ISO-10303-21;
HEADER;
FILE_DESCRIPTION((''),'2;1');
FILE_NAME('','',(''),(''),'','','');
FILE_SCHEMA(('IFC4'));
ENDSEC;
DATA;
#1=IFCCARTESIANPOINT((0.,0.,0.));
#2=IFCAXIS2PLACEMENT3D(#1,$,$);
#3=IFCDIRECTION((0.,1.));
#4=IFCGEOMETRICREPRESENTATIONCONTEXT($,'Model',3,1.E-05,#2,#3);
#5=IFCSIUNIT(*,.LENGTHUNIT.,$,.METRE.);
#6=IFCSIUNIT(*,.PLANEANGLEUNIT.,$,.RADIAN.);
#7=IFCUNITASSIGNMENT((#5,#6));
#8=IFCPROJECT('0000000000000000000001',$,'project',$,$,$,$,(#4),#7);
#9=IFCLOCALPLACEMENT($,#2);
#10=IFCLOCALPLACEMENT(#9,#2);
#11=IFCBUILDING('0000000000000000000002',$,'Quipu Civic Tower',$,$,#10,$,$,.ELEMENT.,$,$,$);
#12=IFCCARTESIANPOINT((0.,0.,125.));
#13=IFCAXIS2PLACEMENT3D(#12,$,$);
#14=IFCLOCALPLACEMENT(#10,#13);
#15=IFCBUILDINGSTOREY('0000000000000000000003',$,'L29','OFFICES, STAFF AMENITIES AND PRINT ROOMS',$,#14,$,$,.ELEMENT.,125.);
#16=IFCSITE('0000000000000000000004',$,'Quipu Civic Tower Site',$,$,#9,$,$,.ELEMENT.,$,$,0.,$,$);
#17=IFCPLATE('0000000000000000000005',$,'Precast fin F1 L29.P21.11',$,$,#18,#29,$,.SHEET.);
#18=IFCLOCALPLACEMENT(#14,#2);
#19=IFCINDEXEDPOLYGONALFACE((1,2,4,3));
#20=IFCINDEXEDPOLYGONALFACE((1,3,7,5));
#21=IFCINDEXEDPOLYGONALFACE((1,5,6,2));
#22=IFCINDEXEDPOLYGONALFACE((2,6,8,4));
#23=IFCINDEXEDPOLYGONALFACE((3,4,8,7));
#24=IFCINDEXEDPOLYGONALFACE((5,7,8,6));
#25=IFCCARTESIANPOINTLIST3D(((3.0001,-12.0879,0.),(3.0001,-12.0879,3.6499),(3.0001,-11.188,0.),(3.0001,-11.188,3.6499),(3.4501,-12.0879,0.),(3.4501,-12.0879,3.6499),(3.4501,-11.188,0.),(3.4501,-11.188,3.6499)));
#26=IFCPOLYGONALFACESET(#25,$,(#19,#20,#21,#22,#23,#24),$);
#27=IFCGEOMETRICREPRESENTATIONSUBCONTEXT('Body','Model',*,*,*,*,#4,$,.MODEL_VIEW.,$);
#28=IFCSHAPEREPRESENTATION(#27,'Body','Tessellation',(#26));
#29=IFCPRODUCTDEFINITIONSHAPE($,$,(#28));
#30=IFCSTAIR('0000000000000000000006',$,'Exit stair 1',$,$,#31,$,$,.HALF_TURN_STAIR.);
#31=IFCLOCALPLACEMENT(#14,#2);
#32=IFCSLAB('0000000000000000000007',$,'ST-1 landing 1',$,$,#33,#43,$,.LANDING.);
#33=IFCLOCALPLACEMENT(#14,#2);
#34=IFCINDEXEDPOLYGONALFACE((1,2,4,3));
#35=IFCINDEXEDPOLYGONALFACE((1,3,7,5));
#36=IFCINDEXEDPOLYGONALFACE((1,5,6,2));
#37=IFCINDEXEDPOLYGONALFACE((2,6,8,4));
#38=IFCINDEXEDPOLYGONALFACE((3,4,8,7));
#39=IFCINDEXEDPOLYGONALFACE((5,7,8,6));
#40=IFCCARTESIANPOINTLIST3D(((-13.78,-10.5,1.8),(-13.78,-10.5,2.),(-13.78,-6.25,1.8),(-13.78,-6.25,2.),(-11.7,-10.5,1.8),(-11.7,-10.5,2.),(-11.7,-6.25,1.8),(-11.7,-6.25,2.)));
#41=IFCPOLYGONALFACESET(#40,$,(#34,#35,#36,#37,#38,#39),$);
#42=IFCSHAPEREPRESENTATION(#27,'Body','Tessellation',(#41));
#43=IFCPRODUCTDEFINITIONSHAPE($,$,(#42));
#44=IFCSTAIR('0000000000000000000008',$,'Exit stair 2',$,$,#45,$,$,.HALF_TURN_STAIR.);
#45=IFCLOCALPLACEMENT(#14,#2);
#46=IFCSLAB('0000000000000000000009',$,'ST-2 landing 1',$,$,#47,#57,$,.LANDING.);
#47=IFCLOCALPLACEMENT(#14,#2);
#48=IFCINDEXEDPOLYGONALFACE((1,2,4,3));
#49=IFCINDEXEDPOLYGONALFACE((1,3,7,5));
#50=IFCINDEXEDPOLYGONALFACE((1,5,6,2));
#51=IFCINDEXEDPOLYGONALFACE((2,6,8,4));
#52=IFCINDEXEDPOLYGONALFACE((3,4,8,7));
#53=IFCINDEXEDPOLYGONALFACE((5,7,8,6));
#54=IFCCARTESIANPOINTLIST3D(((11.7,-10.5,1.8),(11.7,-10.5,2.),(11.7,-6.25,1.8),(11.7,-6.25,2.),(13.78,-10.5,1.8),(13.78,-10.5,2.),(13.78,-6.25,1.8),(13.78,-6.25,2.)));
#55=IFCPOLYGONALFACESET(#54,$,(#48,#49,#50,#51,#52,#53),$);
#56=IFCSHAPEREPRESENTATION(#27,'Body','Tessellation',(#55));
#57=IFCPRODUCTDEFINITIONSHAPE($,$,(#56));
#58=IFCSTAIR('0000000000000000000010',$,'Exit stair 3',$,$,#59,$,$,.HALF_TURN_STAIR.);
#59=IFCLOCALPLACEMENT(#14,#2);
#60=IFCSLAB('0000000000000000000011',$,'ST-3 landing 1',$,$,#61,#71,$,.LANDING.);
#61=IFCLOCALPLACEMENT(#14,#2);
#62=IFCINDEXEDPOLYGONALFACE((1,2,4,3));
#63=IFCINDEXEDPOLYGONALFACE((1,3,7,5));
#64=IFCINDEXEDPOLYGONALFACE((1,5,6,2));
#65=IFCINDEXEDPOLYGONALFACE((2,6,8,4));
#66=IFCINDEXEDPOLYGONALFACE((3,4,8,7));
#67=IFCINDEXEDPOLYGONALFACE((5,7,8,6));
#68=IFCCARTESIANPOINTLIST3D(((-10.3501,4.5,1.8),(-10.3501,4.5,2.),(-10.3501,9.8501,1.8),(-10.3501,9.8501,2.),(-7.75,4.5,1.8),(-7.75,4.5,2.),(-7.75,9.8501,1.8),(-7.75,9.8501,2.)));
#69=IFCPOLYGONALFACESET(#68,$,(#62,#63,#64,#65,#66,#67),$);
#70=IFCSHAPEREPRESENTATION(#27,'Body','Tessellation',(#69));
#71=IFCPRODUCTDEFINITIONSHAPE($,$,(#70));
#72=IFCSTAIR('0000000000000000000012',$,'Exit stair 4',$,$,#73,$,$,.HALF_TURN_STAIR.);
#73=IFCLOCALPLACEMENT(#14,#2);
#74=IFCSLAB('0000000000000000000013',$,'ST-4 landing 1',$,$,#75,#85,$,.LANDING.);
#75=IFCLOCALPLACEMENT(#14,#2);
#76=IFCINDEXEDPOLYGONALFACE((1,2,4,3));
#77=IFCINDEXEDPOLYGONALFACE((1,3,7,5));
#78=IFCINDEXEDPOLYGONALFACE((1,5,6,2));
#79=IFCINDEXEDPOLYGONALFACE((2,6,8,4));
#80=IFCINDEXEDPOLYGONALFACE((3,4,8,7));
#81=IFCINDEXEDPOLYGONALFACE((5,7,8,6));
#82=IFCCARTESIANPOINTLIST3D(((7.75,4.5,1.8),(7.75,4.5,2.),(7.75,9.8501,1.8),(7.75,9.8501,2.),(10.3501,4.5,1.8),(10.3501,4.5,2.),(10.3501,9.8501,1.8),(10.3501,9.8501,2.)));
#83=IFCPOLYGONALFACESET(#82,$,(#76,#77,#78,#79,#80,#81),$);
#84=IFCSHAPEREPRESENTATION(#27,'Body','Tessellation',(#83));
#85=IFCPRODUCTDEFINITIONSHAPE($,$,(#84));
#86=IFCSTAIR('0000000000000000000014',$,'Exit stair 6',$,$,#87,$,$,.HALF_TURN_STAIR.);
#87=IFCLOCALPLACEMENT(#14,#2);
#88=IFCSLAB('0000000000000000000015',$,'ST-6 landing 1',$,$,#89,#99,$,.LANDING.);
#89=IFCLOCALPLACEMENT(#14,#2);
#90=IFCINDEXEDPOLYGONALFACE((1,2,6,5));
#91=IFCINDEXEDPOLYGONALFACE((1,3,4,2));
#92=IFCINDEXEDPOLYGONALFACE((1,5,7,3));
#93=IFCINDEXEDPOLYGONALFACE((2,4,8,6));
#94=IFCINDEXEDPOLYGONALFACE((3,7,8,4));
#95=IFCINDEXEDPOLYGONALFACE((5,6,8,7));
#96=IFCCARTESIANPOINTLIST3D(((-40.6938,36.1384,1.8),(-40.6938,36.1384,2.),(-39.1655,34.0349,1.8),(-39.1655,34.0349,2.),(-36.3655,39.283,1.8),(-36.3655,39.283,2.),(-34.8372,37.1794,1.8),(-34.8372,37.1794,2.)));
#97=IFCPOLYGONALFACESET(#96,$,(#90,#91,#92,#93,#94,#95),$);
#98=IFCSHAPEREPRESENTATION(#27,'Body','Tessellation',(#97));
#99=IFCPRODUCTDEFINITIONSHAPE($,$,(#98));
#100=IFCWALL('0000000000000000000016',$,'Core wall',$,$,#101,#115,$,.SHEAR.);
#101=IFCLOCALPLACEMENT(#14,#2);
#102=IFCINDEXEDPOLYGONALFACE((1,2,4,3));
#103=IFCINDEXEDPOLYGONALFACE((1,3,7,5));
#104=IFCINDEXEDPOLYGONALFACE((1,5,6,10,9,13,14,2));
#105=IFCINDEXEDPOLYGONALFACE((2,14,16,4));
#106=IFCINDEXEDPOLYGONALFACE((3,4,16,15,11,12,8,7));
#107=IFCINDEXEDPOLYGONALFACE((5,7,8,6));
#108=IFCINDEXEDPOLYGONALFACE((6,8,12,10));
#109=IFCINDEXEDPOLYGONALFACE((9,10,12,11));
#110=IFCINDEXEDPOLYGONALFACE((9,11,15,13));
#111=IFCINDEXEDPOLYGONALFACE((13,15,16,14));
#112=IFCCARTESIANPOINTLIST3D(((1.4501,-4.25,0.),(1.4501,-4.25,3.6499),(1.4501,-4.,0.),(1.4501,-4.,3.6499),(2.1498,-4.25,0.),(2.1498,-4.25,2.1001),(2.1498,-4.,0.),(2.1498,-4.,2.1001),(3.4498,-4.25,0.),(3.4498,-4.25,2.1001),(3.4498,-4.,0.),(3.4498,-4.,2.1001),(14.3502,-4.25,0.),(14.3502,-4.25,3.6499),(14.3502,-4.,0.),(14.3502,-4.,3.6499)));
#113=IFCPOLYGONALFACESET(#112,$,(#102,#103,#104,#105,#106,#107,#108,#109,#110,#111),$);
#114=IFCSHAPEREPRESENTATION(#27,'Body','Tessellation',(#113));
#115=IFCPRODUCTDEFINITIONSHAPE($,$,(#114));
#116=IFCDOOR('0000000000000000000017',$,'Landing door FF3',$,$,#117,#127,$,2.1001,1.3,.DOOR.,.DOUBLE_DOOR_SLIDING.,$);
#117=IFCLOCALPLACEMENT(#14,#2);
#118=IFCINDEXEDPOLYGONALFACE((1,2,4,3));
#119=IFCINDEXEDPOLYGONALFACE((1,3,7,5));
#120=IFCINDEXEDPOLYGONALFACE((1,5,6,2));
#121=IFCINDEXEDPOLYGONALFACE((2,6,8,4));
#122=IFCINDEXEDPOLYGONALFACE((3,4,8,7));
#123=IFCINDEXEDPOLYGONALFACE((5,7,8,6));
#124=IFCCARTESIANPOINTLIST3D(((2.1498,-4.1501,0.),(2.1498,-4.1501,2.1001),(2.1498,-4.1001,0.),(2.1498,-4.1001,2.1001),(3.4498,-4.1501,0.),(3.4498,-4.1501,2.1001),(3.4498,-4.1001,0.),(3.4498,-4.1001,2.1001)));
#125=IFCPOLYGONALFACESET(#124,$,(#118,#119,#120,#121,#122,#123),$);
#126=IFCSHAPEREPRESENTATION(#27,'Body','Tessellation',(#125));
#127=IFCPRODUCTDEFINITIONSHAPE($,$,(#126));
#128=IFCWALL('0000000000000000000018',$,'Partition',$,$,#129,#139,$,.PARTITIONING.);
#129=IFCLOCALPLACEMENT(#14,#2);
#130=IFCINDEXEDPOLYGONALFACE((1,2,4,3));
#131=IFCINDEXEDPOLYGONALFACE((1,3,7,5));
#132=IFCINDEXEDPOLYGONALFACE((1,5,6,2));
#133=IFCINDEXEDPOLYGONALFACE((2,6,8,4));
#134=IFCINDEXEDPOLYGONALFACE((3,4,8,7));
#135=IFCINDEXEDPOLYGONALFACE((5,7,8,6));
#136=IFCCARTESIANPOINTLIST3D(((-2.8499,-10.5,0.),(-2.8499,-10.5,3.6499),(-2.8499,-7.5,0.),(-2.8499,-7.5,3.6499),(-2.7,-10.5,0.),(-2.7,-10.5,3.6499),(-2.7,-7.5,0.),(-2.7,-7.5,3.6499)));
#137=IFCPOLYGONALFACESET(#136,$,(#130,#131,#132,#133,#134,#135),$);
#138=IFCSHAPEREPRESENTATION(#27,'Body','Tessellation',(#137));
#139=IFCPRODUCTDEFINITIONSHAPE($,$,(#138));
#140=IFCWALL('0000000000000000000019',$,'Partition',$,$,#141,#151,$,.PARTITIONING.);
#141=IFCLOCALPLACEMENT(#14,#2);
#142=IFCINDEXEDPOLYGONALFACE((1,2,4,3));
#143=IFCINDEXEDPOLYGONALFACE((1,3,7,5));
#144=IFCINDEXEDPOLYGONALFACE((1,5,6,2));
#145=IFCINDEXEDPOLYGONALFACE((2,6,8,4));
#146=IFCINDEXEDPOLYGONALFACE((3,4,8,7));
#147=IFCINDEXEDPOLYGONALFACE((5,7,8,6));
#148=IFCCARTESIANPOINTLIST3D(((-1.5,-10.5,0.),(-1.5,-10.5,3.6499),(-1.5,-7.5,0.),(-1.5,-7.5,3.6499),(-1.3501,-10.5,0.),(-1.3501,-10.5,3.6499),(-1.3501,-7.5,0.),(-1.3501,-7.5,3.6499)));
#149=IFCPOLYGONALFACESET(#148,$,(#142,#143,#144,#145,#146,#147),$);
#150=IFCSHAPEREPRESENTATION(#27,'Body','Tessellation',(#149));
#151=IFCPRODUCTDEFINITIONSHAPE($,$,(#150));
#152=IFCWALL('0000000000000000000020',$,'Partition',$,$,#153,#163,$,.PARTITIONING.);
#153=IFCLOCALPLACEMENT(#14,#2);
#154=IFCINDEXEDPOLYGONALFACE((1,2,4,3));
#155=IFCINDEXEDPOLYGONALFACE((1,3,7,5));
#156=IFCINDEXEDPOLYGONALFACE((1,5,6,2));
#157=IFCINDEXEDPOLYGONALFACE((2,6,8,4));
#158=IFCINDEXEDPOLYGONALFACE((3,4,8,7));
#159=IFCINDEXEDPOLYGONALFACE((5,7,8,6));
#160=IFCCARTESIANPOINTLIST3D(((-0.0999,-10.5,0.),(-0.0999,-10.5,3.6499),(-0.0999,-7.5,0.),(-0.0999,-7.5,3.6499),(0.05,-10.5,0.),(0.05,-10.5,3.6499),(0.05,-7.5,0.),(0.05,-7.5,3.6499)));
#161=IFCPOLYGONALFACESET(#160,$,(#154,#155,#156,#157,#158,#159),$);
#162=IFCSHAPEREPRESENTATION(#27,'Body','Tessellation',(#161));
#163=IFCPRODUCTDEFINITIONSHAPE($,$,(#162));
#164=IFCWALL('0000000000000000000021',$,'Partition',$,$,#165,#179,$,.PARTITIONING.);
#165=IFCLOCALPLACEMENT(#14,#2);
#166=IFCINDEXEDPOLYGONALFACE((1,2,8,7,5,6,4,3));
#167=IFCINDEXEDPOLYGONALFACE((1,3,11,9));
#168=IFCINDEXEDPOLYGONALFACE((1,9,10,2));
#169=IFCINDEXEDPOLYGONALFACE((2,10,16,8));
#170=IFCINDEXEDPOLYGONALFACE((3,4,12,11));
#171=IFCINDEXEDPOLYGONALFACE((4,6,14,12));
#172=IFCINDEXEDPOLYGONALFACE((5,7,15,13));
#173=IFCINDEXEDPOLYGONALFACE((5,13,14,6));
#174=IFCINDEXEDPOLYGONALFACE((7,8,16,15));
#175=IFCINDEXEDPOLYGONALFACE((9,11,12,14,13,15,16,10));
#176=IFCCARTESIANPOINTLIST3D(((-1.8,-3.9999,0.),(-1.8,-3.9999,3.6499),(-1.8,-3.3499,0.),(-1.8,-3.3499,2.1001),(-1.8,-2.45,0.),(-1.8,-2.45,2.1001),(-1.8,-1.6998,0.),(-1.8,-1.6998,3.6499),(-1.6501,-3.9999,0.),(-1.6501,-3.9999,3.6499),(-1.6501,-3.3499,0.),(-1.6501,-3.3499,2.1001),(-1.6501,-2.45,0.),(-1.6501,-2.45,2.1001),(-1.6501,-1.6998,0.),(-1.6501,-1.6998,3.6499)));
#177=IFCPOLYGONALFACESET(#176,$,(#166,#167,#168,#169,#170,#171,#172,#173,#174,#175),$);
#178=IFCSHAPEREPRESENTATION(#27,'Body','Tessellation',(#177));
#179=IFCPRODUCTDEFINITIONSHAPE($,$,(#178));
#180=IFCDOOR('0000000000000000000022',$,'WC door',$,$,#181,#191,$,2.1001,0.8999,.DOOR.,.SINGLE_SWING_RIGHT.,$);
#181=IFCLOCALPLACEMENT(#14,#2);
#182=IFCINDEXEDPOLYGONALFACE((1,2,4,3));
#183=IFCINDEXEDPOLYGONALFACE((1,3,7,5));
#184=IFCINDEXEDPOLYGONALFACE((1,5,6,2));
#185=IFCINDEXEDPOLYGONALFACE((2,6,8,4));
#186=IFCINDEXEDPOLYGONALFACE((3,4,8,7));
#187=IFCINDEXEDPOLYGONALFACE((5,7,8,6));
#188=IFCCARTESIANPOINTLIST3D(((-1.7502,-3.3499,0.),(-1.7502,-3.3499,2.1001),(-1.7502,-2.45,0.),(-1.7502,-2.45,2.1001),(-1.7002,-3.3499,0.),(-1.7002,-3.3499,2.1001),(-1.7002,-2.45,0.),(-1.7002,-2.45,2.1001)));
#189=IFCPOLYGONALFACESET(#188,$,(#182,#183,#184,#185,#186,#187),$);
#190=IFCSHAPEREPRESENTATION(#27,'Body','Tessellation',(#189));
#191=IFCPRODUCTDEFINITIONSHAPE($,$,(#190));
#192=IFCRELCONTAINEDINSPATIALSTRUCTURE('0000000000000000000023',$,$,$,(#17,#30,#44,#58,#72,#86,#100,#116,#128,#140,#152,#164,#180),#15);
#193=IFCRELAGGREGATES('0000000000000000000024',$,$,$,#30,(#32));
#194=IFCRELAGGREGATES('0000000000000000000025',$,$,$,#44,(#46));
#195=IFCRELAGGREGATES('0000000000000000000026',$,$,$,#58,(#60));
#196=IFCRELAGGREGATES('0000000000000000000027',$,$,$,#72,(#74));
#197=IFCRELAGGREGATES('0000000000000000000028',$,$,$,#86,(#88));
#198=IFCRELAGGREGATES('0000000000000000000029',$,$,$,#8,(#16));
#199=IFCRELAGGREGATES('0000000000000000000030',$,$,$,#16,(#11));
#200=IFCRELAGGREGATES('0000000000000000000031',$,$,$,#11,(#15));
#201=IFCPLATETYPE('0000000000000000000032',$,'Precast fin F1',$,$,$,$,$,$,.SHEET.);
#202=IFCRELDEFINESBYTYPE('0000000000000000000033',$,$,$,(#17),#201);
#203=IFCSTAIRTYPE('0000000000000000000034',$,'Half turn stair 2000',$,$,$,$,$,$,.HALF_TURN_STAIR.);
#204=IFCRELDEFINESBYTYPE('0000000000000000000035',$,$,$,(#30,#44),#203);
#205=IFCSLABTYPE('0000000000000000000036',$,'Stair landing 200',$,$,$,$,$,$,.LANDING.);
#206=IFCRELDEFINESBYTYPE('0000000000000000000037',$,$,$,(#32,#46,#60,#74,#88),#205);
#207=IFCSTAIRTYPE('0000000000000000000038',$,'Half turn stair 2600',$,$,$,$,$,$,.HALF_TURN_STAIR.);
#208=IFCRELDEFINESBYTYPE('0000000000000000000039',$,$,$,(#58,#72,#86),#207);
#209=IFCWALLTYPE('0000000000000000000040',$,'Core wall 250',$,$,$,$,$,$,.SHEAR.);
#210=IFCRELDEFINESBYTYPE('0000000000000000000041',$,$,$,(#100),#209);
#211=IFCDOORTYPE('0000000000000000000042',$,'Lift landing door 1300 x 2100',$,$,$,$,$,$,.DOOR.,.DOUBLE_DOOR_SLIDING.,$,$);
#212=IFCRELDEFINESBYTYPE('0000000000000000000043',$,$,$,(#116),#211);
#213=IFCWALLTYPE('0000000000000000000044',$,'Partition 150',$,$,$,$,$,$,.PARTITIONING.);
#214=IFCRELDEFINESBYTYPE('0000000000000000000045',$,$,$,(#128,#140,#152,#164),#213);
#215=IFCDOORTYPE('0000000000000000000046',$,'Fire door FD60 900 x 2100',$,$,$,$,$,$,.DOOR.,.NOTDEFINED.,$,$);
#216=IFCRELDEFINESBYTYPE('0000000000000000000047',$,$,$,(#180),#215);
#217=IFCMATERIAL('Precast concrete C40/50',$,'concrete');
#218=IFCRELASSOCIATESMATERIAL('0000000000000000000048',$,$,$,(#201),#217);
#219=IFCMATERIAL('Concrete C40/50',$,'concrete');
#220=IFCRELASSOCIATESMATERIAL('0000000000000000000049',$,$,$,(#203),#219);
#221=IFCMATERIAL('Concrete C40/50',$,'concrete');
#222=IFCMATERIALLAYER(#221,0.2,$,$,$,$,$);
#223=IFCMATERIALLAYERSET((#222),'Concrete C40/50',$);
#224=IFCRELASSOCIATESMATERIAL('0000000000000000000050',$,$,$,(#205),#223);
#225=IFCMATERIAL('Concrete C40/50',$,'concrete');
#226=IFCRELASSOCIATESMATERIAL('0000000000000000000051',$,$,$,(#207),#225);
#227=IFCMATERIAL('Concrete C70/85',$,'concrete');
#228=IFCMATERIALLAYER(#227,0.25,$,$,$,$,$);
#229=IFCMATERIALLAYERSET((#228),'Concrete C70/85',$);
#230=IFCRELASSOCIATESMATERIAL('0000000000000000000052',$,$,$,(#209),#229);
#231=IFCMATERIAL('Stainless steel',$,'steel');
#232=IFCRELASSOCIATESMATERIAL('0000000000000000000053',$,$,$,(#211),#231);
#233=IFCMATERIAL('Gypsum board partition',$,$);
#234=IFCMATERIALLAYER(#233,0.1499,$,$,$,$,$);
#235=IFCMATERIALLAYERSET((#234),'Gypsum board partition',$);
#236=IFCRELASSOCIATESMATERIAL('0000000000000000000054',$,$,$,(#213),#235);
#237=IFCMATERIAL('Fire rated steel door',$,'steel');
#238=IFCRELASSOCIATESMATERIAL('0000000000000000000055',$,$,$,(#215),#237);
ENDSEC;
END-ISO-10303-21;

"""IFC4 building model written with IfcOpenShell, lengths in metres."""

from ifc_helpers import new_model, si_unit, direction, frame, frame_2d, origin, origin_2d, place, context, subcontext, project, spatial, polyline, rectangle, outline, extrude, material, layer, layer_set, type_object, element, fill, aggregate, save


model = new_model("IFC4")

# Units and contexts
model_context = context("Model", 3, precision=1e-05, world=origin(), true_north=direction((0.0, 1.0)))
body_context = subcontext(model_context, "Body", "Model", "MODEL_VIEW")
ifc_project = project(units=[si_unit("LENGTHUNIT", "METRE"), si_unit("PLANEANGLEUNIT", "RADIAN")], contexts=[model_context])

# Site, building, storey
site_placement = place(None, origin())
site = spatial("IfcSite", under=ifc_project, at=site_placement, Name="Quipu Civic Tower Site", CompositionType="ELEMENT", RefElevation=0.0)
building_placement = place(site_placement, origin())
building = spatial("IfcBuilding", under=site, at=building_placement, Name="Quipu Civic Tower", CompositionType="ELEMENT")
storey_placement = place(building_placement, frame((0.0, 0.0, 125.0)))
storey = spatial("IfcBuildingStorey", under=building, at=storey_placement, Name="L29", Description="OFFICES, STAFF AMENITIES AND PRINT ROOMS", CompositionType="ELEMENT", Elevation=125.0)

# Plate
ifc_material_1 = material(Name="Precast concrete C40/50", Category="concrete")
plate_type = type_object("IfcPlateType", Name="Precast fin F1", PredefinedType="SHEET", material=ifc_material_1)
for number, where, z_axis, x_axis, name in (
    (1, (3.2251, -11.6379, 0.0), (0.0, 0.0, 1.0), (1.0, 0.0, 0.0), "Precast fin F1 L29.P21.11"),
):
    element("IfcPlate", number, at=place(storey_placement, frame(where, z_axis=z_axis, x_axis=x_axis)), inside=storey, type_object=plate_type, Name=name, PredefinedType="SHEET", context=body_context, shape_type="SweptSolid", body=[
        extrude(rectangle(XDim=0.45, YDim=0.8999, at=origin_2d()), origin(), (0.0, 0.0, 1.0), 3.6499),
    ])

# Stairs, slabs
ifc_material_2 = material(Name="Concrete C40/50", Category="concrete")
stair_type_1 = type_object("IfcStairType", Name="Half turn stair 2000", PredefinedType="HALF_TURN_STAIR", material=ifc_material_2)
stair_1_placement = place(storey_placement, origin())
stair_1 = element("IfcStair", 2, at=stair_1_placement, inside=storey, type_object=stair_type_1, Name="Exit stair 1", PredefinedType="HALF_TURN_STAIR")
ifc_material_3 = material(Name="Concrete C40/50", Category="concrete")
ifc_layer_1 = layer(ifc_material_3, 0.2)
ifc_layer_set_1 = layer_set([ifc_layer_1], Name="Concrete C40/50")
slab_type_1 = type_object("IfcSlabType", Name="Stair landing 200", PredefinedType="LANDING", material=ifc_layer_set_1)
slab_1_placement = place(storey_placement, frame((0.0, 0.0, 1.8)))
slab_1 = element("IfcSlab", 3, at=slab_1_placement, type_object=slab_type_1, Name="ST-1 landing 1", PredefinedType="LANDING", context=body_context, shape_type="SweptSolid", body=[
    extrude(outline(polyline([(-13.78, -10.5), (-11.7, -10.5), (-11.7, -6.25), (-13.78, -6.25), (-13.78, -10.5)])), origin(), (0.0, 0.0, 1.0), 0.2),
])
aggregate(stair_1, [slab_1])
stair_2_placement = place(storey_placement, origin())
stair_2 = element("IfcStair", 4, at=stair_2_placement, inside=storey, type_object=stair_type_1, Name="Exit stair 2", PredefinedType="HALF_TURN_STAIR")
slab_2_placement = place(storey_placement, frame((0.0, 0.0, 1.8)))
slab_2 = element("IfcSlab", 5, at=slab_2_placement, type_object=slab_type_1, Name="ST-2 landing 1", PredefinedType="LANDING", context=body_context, shape_type="SweptSolid", body=[
    extrude(outline(polyline([(13.78, -6.25), (11.7, -6.25), (11.7, -10.5), (13.78, -10.5), (13.78, -6.25)])), origin(), (0.0, 0.0, 1.0), 0.2),
])
aggregate(stair_2, [slab_2])
ifc_material_4 = material(Name="Concrete C40/50", Category="concrete")
stair_type_2 = type_object("IfcStairType", Name="Half turn stair 2600", PredefinedType="HALF_TURN_STAIR", material=ifc_material_4)
stair_3_placement = place(storey_placement, origin())
stair_3 = element("IfcStair", 6, at=stair_3_placement, inside=storey, type_object=stair_type_2, Name="Exit stair 3", PredefinedType="HALF_TURN_STAIR")
slab_3_placement = place(storey_placement, frame((0.0, 0.0, 1.8)))
slab_3 = element("IfcSlab", 7, at=slab_3_placement, type_object=slab_type_1, Name="ST-3 landing 1", PredefinedType="LANDING", context=body_context, shape_type="SweptSolid", body=[
    extrude(outline(polyline([(-10.3501, 4.5), (-7.75, 4.5), (-7.75, 9.8501), (-10.3501, 9.8501), (-10.3501, 4.5)])), origin(), (0.0, 0.0, 1.0), 0.2),
])
aggregate(stair_3, [slab_3])
stair_4_placement = place(storey_placement, origin())
stair_4 = element("IfcStair", 8, at=stair_4_placement, inside=storey, type_object=stair_type_2, Name="Exit stair 4", PredefinedType="HALF_TURN_STAIR")
slab_4_placement = place(storey_placement, frame((0.0, 0.0, 1.8)))
slab_4 = element("IfcSlab", 9, at=slab_4_placement, type_object=slab_type_1, Name="ST-4 landing 1", PredefinedType="LANDING", context=body_context, shape_type="SweptSolid", body=[
    extrude(outline(polyline([(10.3501, 9.8501), (7.75, 9.8501), (7.75, 4.5), (10.3501, 4.5), (10.3501, 9.8501)])), origin(), (0.0, 0.0, 1.0), 0.2),
])
aggregate(stair_4, [slab_4])
stair_5_placement = place(storey_placement, origin())
stair_5 = element("IfcStair", 10, at=stair_5_placement, inside=storey, type_object=stair_type_2, Name="Exit stair 6", PredefinedType="HALF_TURN_STAIR")
slab_5_placement = place(storey_placement, frame((0.0, 0.0, 1.8)))
slab_5 = element("IfcSlab", 11, at=slab_5_placement, type_object=slab_type_1, Name="ST-6 landing 1", PredefinedType="LANDING", context=body_context, shape_type="SweptSolid", body=[
    extrude(outline(polyline([(-34.8372, 37.1794), (-36.3655, 39.283), (-40.6938, 36.1384), (-39.1655, 34.0349), (-34.8372, 37.1794)])), origin(), (0.0, 0.0, 1.0), 0.2),
])
aggregate(stair_5, [slab_5])

# Wall, opening, door
ifc_material_5 = material(Name="Concrete C70/85", Category="concrete")
ifc_layer_2 = layer(ifc_material_5, 0.25)
ifc_layer_set_2 = layer_set([ifc_layer_2], Name="Concrete C70/85")
wall_type_1 = type_object("IfcWallType", Name="Core wall 250", PredefinedType="SHEAR", material=ifc_layer_set_2)
wall_1_placement = place(storey_placement, frame((1.45, -4.125, 0.0), z_axis=(0.0, 0.0, 1.0), x_axis=(1.0, 0.0, 0.0)))
wall_1 = element("IfcWall", 12, at=wall_1_placement, inside=storey, type_object=wall_type_1, Name="Core wall", PredefinedType="SHEAR", context=body_context, shape_type="SweptSolid", body=[
    extrude(rectangle(XDim=12.9001, YDim=0.25, at=frame_2d((6.4502, 0.0))), origin(), (0.0, 0.0, 1.0), 3.6499),
])
opening_1_placement = place(wall_1_placement, frame((0.7, 0.0, 0.0)))
opening_1 = element("IfcOpeningElement", 13, at=opening_1_placement, cuts=wall_1, PredefinedType="OPENING", context=body_context, shape_type="SweptSolid", body=[
    extrude(rectangle(XDim=1.3, YDim=2.1001, at=frame_2d((0.6499, 1.05))), frame((0.0, 0.135, 0.0), z_axis=(0.0, -1.0, 0.0), x_axis=(1.0, 0.0, 0.0)), (0.0, 0.0, 1.0), 0.27),
])
ifc_material_6 = material(Name="Stainless steel", Category="steel")
door_type_1 = type_object("IfcDoorType", Name="Lift landing door 1300 x 2100", OperationType="DOUBLE_DOOR_SLIDING", PredefinedType="DOOR", material=ifc_material_6)
door_1_placement = place(opening_1_placement, origin())
door_1 = element("IfcDoor", 14, at=door_1_placement, inside=storey, type_object=door_type_1, Name="Landing door FF3", OperationType="DOUBLE_DOOR_SLIDING", OverallHeight=2.1001, OverallWidth=1.3, PredefinedType="DOOR", context=body_context, shape_type="SweptSolid", body=[
    extrude(rectangle(XDim=1.3, YDim=2.1001, at=frame_2d((0.6499, 1.05))), frame((0.0, 0.0249, 0.0), z_axis=(0.0, -1.0, 0.0), x_axis=(1.0, 0.0, 0.0)), (0.0, 0.0, 1.0), 0.05),
])
fill(opening_1, door_1)

# Walls
ifc_material_7 = material(Name="Gypsum board partition")
ifc_layer_3 = layer(ifc_material_7, 0.1499)
ifc_layer_set_3 = layer_set([ifc_layer_3], Name="Gypsum board partition")
wall_type_2 = type_object("IfcWallType", Name="Partition 150", PredefinedType="PARTITIONING", material=ifc_layer_set_3)
for number, where, z_axis, x_axis, name in (
    (15, (-2.7749, -10.5, 0.0), (0.0, 0.0, 1.0), (0.0, 1.0, 0.0), "Partition"),
    (16, (-1.425, -10.5, 0.0), (0.0, 0.0, 1.0), (0.0, 1.0, 0.0), "Partition"),
    (17, (-0.0249, -10.5, 0.0), (0.0, 0.0, 1.0), (0.0, 1.0, 0.0), "Partition"),
):
    element("IfcWall", number, at=place(storey_placement, frame(where, z_axis=z_axis, x_axis=x_axis)), inside=storey, type_object=wall_type_2, Name=name, PredefinedType="PARTITIONING", context=body_context, shape_type="SweptSolid", body=[
        extrude(rectangle(XDim=3.0, YDim=0.1499, at=frame_2d((1.5, 0.0))), origin(), (0.0, 0.0, 1.0), 3.6499),
    ])

# Wall, opening, door
wall_2_placement = place(storey_placement, frame((-1.7251, -1.7, 0.0), z_axis=(0.0, 0.0, 1.0), x_axis=(0.0, -1.0, 0.0)))
wall_2 = element("IfcWall", 18, at=wall_2_placement, inside=storey, type_object=wall_type_2, Name="Partition", PredefinedType="PARTITIONING", context=body_context, shape_type="SweptSolid", body=[
    extrude(rectangle(XDim=2.3, YDim=0.1499, at=frame_2d((1.1499, 0.0))), origin(), (0.0, 0.0, 1.0), 3.6499),
])
opening_2_placement = place(wall_2_placement, frame((0.75, 0.0, 0.0)))
opening_2 = element("IfcOpeningElement", 19, at=opening_2_placement, cuts=wall_2, PredefinedType="OPENING", context=body_context, shape_type="SweptSolid", body=[
    extrude(rectangle(XDim=0.8999, YDim=2.1001, at=frame_2d((0.45, 1.05))), frame((0.0, 0.085, 0.0), z_axis=(0.0, -1.0, 0.0), x_axis=(1.0, 0.0, 0.0)), (0.0, 0.0, 1.0), 0.1699),
])
ifc_material_8 = material(Name="Fire rated steel door", Category="steel")
door_type_2 = type_object("IfcDoorType", Name="Fire door FD60 900 x 2100", OperationType="NOTDEFINED", PredefinedType="DOOR", material=ifc_material_8)
door_2_placement = place(opening_2_placement, origin())
door_2 = element("IfcDoor", 20, at=door_2_placement, inside=storey, type_object=door_type_2, Name="WC door", OperationType="SINGLE_SWING_RIGHT", OverallHeight=2.1001, OverallWidth=0.8999, PredefinedType="DOOR", context=body_context, shape_type="SweptSolid", body=[
    extrude(rectangle(XDim=0.8999, YDim=2.1001, at=frame_2d((0.45, 1.05))), frame((0.0, 0.0249, 0.0), z_axis=(0.0, -1.0, 0.0), x_axis=(1.0, 0.0, 0.0)), (0.0, 0.0, 1.0), 0.05),
])
fill(opening_2, door_2)

save(model, "model.ifc")
